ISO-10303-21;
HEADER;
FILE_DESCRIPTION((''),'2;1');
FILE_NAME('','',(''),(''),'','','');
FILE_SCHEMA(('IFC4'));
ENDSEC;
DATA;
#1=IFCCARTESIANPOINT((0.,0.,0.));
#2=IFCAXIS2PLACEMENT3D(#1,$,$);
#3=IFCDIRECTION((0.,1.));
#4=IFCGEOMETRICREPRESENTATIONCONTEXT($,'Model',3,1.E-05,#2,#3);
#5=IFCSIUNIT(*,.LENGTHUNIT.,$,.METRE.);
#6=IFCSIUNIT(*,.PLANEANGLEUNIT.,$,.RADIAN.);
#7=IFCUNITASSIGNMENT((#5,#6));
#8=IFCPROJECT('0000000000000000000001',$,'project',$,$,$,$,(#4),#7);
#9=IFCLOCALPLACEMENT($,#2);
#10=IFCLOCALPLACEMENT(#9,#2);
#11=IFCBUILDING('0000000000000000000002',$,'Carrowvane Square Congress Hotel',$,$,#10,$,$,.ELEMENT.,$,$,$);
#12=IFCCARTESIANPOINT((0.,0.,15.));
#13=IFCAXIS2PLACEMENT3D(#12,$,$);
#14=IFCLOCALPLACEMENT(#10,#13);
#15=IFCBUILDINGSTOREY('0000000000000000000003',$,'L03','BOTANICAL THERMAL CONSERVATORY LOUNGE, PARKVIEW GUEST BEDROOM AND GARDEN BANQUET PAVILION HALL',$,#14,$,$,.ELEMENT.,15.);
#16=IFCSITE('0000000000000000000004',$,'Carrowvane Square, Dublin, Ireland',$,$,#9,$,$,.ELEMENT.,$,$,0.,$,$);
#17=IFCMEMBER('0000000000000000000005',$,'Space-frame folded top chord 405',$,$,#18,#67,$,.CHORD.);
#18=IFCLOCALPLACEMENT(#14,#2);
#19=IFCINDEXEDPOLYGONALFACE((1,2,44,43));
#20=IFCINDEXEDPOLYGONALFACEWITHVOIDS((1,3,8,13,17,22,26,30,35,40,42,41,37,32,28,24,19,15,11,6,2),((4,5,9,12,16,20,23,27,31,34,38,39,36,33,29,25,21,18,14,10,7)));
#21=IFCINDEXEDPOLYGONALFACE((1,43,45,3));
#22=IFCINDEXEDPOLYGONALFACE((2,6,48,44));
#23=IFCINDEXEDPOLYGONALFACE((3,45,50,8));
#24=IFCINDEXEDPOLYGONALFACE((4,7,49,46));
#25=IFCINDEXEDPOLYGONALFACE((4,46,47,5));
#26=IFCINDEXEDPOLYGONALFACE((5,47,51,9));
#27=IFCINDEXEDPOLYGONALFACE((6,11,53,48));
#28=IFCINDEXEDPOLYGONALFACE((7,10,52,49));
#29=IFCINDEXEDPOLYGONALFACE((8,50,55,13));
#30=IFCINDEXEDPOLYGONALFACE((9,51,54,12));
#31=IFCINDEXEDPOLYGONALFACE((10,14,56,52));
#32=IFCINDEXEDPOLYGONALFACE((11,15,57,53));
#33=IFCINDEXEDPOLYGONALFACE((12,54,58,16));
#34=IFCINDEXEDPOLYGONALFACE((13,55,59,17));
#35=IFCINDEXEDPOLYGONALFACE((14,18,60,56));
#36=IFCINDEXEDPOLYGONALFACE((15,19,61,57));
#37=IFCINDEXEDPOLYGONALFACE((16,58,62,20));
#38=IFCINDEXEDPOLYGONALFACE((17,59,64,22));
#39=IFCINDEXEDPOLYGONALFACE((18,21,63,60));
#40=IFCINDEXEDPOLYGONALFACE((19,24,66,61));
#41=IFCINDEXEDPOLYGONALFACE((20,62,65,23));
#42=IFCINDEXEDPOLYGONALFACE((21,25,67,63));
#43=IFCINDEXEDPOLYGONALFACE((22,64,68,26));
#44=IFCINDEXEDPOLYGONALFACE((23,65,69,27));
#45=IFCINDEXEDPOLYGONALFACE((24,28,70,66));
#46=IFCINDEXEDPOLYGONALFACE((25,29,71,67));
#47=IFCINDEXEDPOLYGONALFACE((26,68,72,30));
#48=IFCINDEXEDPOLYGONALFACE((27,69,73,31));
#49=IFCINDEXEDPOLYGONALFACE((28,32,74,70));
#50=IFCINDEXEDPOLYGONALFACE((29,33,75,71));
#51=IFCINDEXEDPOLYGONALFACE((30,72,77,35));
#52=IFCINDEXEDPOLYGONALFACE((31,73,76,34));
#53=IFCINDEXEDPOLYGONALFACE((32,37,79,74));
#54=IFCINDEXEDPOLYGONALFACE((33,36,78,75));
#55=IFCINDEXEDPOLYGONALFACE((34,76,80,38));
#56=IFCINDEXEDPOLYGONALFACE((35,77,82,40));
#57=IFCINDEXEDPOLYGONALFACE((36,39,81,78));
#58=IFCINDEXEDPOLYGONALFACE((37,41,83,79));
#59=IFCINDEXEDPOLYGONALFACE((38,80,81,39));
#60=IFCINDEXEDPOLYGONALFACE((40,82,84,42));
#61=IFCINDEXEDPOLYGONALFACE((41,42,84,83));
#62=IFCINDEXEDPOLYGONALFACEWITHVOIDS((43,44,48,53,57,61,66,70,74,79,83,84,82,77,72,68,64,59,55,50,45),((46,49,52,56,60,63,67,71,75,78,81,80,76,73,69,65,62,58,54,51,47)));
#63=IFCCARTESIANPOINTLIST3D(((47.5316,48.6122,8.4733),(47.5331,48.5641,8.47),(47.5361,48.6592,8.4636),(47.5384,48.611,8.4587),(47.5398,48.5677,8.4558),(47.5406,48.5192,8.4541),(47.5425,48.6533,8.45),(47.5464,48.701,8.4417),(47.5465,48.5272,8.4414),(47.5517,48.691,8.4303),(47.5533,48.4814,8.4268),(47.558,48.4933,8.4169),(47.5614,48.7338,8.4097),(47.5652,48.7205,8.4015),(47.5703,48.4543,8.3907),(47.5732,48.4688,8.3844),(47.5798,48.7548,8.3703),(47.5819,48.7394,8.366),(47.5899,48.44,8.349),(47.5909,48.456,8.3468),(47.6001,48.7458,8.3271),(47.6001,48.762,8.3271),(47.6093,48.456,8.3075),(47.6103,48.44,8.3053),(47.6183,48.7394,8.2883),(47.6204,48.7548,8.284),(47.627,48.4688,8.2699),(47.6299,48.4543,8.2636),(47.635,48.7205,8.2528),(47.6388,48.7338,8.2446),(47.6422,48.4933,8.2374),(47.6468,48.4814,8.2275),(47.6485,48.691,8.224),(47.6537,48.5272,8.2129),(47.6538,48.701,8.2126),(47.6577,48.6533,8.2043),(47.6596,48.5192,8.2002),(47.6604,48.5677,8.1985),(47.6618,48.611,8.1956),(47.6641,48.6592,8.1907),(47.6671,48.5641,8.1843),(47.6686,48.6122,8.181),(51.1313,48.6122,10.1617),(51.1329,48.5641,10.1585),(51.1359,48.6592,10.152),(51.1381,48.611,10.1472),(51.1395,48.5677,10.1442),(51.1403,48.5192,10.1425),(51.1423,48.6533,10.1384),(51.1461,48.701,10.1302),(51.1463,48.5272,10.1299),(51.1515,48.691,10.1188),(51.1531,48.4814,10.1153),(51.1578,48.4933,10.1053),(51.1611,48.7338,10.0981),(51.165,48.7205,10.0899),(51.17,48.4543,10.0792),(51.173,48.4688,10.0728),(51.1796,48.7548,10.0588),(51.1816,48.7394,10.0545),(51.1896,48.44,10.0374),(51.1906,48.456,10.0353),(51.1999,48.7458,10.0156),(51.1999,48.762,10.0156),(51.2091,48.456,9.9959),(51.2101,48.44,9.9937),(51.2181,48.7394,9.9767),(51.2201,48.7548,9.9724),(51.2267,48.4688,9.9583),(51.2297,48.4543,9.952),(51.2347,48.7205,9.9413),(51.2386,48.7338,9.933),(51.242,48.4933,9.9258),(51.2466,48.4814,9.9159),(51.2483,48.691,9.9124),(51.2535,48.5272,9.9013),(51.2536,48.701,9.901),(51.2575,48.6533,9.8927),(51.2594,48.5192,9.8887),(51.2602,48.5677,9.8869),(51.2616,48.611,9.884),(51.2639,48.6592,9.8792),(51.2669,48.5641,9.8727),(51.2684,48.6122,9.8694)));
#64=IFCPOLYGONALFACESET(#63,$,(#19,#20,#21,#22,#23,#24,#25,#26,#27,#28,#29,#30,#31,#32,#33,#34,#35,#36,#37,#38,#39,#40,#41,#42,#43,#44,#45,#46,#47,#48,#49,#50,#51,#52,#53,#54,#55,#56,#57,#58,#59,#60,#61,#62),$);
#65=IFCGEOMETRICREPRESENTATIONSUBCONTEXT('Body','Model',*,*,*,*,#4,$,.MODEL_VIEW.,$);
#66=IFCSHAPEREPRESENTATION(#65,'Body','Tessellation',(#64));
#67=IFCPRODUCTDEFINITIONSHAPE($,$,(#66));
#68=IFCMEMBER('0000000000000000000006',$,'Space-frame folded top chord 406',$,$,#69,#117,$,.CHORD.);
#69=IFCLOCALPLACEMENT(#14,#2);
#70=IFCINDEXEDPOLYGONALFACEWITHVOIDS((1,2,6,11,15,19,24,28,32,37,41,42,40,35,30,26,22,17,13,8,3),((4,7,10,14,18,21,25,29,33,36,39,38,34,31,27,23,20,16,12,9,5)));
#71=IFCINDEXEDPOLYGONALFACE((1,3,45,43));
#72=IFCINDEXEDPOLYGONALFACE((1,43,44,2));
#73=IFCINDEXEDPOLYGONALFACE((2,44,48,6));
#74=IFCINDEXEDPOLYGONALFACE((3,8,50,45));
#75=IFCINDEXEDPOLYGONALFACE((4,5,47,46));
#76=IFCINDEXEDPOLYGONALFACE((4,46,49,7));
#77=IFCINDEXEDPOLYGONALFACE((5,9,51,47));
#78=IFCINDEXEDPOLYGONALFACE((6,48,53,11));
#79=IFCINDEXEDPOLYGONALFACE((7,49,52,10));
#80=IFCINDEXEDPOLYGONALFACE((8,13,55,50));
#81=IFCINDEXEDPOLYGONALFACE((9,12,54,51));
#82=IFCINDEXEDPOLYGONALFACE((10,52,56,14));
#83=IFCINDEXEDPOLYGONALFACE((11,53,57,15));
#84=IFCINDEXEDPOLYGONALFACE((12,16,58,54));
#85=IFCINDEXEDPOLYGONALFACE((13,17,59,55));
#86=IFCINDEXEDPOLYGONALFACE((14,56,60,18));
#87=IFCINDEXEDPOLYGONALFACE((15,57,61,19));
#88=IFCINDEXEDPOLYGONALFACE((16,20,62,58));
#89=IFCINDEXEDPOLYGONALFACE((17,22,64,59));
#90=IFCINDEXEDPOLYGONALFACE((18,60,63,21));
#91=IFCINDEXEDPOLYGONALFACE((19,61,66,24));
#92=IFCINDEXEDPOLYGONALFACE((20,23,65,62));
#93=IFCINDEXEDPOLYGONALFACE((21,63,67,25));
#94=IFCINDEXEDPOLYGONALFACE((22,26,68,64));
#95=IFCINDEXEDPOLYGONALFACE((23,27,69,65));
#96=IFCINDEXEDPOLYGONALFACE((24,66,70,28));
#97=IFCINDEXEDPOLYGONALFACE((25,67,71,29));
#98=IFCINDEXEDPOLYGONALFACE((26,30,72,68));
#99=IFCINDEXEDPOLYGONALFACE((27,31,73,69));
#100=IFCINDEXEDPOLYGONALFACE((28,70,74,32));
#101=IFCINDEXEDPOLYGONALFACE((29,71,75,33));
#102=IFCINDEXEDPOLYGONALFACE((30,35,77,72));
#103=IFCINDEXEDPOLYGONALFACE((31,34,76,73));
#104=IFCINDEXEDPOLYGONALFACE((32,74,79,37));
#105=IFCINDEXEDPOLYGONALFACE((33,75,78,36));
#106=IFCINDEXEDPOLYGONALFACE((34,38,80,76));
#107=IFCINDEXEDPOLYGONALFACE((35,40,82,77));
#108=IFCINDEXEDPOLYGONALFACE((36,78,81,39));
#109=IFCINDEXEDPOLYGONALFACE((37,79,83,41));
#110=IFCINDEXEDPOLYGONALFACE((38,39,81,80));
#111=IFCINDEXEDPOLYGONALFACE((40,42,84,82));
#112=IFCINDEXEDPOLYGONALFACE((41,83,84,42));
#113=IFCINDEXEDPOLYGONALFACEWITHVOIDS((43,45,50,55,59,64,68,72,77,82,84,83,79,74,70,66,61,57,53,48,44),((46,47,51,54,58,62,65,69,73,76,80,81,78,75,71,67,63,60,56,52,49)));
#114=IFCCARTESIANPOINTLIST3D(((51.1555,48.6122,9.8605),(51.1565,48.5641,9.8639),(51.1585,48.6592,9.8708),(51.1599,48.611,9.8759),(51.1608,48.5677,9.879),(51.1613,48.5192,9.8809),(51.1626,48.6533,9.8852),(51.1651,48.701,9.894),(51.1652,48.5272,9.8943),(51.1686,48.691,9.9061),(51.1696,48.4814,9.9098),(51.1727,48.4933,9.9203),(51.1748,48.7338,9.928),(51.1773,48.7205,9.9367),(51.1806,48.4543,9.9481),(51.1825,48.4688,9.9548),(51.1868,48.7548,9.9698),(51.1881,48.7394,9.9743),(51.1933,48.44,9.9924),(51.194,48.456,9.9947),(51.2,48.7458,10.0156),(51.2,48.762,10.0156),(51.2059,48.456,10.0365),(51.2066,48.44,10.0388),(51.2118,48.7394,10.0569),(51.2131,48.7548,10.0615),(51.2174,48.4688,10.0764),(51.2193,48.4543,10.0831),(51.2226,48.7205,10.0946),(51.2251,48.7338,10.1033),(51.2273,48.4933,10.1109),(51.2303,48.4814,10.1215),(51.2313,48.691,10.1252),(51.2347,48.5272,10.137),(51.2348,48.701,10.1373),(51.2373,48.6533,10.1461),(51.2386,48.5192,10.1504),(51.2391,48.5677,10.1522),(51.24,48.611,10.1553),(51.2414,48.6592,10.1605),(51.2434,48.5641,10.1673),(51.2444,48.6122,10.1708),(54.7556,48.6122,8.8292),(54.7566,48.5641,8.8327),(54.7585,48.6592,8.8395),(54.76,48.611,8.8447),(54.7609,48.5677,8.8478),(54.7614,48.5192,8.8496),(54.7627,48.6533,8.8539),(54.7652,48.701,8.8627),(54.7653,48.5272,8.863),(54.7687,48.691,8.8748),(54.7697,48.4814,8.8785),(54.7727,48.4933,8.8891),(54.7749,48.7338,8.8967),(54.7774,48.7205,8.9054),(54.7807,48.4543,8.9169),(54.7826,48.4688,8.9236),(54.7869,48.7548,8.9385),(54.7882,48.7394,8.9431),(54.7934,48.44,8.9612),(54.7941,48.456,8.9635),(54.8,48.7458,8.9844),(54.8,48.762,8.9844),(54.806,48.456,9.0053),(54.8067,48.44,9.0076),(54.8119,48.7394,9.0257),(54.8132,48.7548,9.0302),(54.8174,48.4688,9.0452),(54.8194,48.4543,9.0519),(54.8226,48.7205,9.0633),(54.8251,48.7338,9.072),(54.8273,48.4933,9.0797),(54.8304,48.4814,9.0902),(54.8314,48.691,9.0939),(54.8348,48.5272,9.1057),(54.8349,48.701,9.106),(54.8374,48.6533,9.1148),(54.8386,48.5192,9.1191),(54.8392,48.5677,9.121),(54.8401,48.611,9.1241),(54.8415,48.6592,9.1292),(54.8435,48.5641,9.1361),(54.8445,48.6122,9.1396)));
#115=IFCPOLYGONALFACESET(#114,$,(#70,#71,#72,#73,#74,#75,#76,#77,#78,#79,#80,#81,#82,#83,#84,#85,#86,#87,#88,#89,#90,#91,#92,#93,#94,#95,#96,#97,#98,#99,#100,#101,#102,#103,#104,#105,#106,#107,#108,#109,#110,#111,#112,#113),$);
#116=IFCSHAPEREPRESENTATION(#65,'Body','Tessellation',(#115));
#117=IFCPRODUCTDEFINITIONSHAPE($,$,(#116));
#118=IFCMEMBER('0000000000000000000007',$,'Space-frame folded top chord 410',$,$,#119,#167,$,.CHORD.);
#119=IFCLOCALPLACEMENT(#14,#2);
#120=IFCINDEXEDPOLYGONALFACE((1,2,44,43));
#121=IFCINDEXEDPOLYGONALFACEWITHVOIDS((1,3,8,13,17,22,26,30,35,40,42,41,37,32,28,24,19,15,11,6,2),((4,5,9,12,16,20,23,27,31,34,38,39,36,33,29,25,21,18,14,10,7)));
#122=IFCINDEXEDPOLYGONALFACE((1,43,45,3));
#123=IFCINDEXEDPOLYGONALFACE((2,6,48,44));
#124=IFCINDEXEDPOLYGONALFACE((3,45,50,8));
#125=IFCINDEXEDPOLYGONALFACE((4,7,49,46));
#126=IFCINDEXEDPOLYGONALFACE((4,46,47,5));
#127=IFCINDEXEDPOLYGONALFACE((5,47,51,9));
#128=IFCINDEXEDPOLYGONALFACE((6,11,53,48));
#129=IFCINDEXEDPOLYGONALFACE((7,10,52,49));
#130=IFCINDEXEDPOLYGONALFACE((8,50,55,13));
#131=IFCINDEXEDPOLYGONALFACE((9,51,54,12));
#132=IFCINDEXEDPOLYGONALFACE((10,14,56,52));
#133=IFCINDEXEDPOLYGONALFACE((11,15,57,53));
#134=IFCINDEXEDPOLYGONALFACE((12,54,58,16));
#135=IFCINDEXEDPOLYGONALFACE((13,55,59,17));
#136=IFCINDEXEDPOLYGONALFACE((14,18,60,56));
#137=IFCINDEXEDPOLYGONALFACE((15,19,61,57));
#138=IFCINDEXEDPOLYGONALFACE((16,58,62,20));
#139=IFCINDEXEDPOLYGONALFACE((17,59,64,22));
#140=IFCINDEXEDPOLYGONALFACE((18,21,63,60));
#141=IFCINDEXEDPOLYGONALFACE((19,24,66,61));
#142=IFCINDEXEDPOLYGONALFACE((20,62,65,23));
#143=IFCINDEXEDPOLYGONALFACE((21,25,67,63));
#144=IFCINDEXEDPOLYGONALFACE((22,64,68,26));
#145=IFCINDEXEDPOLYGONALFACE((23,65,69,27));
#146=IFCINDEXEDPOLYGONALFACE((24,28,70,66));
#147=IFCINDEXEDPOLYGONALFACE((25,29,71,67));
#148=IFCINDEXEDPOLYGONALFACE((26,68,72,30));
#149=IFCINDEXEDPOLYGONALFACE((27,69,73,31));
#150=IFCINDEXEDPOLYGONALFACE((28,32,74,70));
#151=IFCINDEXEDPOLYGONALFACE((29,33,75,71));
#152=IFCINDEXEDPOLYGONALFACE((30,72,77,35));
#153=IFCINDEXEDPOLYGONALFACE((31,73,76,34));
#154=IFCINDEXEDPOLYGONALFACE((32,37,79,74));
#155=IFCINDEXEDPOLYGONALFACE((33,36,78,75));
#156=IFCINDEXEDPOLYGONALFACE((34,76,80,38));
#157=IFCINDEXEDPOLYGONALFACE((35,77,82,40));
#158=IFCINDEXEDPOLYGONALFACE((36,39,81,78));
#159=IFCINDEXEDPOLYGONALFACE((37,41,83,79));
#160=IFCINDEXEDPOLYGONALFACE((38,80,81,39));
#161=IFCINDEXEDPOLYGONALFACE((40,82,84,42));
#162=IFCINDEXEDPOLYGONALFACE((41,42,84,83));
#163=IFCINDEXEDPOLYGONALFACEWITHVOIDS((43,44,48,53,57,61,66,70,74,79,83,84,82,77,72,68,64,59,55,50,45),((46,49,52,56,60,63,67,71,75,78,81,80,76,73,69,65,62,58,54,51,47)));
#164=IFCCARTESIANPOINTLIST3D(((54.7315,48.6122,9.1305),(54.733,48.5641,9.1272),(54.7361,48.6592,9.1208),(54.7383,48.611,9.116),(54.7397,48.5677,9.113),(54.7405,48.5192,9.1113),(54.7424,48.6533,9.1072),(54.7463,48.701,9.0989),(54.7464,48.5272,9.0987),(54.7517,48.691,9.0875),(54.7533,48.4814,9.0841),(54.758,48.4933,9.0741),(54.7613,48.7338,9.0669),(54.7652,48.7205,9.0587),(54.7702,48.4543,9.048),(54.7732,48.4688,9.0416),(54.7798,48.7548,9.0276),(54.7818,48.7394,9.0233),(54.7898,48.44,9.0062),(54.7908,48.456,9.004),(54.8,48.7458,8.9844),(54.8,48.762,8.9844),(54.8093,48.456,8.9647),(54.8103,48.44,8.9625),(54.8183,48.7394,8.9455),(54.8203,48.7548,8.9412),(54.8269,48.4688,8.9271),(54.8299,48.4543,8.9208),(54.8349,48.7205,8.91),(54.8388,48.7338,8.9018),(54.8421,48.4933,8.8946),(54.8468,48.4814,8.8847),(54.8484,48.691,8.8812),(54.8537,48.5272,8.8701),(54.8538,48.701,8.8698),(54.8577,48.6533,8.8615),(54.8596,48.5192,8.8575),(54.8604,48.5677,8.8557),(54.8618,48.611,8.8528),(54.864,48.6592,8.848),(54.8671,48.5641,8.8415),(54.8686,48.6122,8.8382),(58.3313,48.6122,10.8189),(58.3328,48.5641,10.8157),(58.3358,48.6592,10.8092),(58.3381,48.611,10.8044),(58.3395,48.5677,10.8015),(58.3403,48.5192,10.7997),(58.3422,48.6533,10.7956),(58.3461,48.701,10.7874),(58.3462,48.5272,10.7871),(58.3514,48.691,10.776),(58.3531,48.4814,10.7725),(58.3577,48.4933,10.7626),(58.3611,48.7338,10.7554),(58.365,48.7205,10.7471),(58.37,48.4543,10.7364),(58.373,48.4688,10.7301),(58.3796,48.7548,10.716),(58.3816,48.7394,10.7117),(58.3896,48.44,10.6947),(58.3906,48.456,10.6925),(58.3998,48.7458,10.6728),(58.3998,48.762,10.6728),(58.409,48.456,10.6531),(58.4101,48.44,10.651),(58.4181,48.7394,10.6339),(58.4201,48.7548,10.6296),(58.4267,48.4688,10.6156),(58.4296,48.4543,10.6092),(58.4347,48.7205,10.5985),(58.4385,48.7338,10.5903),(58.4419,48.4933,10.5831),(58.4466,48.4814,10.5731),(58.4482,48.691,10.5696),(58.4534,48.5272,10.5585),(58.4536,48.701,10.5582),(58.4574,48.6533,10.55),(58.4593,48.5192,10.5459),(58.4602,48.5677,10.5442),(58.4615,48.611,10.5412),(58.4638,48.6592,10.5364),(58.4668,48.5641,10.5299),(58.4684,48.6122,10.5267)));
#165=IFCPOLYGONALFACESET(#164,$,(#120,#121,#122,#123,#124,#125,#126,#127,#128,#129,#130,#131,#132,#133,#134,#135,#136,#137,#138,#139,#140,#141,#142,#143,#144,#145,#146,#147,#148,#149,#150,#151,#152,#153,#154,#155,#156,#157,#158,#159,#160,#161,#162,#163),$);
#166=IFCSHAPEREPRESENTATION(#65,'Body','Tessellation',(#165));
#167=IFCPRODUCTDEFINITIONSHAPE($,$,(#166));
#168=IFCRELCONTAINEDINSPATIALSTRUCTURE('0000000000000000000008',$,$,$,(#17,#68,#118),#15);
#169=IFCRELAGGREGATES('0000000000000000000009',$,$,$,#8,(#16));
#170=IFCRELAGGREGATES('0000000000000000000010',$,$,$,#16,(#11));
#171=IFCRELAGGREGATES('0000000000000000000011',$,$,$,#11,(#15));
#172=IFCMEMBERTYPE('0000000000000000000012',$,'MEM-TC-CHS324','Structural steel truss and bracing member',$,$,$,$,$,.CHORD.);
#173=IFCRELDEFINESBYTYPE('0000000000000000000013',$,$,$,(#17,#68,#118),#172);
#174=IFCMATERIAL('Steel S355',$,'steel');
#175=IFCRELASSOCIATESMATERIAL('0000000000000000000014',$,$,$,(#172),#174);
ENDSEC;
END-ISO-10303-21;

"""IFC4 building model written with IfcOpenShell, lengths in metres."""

from ifc_helpers import new_model, si_unit, direction, frame, origin, origin_2d, place, context, subcontext, project, spatial, hollow_circle, extrude, material, material_profile, profile_set, type_object, element, save


model = new_model("IFC4")

# Units and contexts
model_context = context("Model", 3, precision=1e-05, world=origin(), true_north=direction((0.0, 1.0)))
body_context = subcontext(model_context, "Body", "Model", "MODEL_VIEW")
ifc_project = project(units=[si_unit("LENGTHUNIT", "METRE"), si_unit("PLANEANGLEUNIT", "RADIAN")], contexts=[model_context])

# Site, building, storey
site_placement = place(None, origin())
site = spatial("IfcSite", under=ifc_project, at=site_placement, Name="Carrowvane Square, Dublin, Ireland", CompositionType="ELEMENT", RefElevation=0.0)
building_placement = place(site_placement, origin())
building = spatial("IfcBuilding", under=site, at=building_placement, Name="Carrowvane Square Congress Hotel", CompositionType="ELEMENT")
storey_placement = place(building_placement, frame((0.0, 0.0, 15.0)))
storey = spatial("IfcBuildingStorey", under=building, at=storey_placement, Name="L03", Description="BOTANICAL THERMAL CONSERVATORY LOUNGE, PARKVIEW GUEST BEDROOM AND GARDEN BANQUET PAVILION HALL", CompositionType="ELEMENT", Elevation=15.0)

# Members
ifc_material_1 = material(Name="Steel S355", Category="steel")
ifc_material_profile_1 = material_profile(ifc_material_1, hollow_circle(Radius=0.1619, WallThickness=0.0161, at=origin_2d()), Name="CHS 323.9x16")
ifc_profile_set_1 = profile_set([ifc_material_profile_1], Name="Steel S355")
member_type_1 = type_object("IfcMemberType", Name="MEM-TC-CHS324", Description="Structural steel truss and bracing member", PredefinedType="CHORD", material=ifc_profile_set_1)
member_1_placement = place(storey_placement, frame((47.6001, 48.6001, 8.3271), z_axis=(0.905358, 0.0, 0.424649), x_axis=(0.0, 1.0, 0.0)))
element("IfcMember", 1, at=member_1_placement, inside=storey, type_object=member_type_1, Name="Space-frame folded top chord 405", PredefinedType="CHORD", context=body_context, shape_type="SweptSolid", body=[
    extrude(hollow_circle(Radius=0.1619, WallThickness=0.0161, at=origin_2d()), origin(), (0.0, 0.0, 1.0), 3.9761),
])
member_2_placement = place(storey_placement, frame((51.2, 48.6001, 10.0156), z_axis=(0.961337, 0.0, -0.275375), x_axis=(0.0, 1.0, 0.0)))
element("IfcMember", 2, at=member_2_placement, inside=storey, type_object=member_type_1, Name="Space-frame folded top chord 406", PredefinedType="CHORD", context=body_context, shape_type="SweptSolid", body=[
    extrude(hollow_circle(Radius=0.1619, WallThickness=0.0161, at=origin_2d()), origin(), (0.0, 0.0, 1.0), 3.7449),
])
member_3_placement = place(storey_placement, frame((54.8, 48.6001, 8.9844), z_axis=(0.905358, 0.0, 0.424649), x_axis=(0.0, 1.0, 0.0)))
element("IfcMember", 3, at=member_3_placement, inside=storey, type_object=member_type_1, Name="Space-frame folded top chord 410", PredefinedType="CHORD", context=body_context, shape_type="SweptSolid", body=[
    extrude(hollow_circle(Radius=0.1619, WallThickness=0.0161, at=origin_2d()), origin(), (0.0, 0.0, 1.0), 3.9761),
])

save(model, "model.ifc")
